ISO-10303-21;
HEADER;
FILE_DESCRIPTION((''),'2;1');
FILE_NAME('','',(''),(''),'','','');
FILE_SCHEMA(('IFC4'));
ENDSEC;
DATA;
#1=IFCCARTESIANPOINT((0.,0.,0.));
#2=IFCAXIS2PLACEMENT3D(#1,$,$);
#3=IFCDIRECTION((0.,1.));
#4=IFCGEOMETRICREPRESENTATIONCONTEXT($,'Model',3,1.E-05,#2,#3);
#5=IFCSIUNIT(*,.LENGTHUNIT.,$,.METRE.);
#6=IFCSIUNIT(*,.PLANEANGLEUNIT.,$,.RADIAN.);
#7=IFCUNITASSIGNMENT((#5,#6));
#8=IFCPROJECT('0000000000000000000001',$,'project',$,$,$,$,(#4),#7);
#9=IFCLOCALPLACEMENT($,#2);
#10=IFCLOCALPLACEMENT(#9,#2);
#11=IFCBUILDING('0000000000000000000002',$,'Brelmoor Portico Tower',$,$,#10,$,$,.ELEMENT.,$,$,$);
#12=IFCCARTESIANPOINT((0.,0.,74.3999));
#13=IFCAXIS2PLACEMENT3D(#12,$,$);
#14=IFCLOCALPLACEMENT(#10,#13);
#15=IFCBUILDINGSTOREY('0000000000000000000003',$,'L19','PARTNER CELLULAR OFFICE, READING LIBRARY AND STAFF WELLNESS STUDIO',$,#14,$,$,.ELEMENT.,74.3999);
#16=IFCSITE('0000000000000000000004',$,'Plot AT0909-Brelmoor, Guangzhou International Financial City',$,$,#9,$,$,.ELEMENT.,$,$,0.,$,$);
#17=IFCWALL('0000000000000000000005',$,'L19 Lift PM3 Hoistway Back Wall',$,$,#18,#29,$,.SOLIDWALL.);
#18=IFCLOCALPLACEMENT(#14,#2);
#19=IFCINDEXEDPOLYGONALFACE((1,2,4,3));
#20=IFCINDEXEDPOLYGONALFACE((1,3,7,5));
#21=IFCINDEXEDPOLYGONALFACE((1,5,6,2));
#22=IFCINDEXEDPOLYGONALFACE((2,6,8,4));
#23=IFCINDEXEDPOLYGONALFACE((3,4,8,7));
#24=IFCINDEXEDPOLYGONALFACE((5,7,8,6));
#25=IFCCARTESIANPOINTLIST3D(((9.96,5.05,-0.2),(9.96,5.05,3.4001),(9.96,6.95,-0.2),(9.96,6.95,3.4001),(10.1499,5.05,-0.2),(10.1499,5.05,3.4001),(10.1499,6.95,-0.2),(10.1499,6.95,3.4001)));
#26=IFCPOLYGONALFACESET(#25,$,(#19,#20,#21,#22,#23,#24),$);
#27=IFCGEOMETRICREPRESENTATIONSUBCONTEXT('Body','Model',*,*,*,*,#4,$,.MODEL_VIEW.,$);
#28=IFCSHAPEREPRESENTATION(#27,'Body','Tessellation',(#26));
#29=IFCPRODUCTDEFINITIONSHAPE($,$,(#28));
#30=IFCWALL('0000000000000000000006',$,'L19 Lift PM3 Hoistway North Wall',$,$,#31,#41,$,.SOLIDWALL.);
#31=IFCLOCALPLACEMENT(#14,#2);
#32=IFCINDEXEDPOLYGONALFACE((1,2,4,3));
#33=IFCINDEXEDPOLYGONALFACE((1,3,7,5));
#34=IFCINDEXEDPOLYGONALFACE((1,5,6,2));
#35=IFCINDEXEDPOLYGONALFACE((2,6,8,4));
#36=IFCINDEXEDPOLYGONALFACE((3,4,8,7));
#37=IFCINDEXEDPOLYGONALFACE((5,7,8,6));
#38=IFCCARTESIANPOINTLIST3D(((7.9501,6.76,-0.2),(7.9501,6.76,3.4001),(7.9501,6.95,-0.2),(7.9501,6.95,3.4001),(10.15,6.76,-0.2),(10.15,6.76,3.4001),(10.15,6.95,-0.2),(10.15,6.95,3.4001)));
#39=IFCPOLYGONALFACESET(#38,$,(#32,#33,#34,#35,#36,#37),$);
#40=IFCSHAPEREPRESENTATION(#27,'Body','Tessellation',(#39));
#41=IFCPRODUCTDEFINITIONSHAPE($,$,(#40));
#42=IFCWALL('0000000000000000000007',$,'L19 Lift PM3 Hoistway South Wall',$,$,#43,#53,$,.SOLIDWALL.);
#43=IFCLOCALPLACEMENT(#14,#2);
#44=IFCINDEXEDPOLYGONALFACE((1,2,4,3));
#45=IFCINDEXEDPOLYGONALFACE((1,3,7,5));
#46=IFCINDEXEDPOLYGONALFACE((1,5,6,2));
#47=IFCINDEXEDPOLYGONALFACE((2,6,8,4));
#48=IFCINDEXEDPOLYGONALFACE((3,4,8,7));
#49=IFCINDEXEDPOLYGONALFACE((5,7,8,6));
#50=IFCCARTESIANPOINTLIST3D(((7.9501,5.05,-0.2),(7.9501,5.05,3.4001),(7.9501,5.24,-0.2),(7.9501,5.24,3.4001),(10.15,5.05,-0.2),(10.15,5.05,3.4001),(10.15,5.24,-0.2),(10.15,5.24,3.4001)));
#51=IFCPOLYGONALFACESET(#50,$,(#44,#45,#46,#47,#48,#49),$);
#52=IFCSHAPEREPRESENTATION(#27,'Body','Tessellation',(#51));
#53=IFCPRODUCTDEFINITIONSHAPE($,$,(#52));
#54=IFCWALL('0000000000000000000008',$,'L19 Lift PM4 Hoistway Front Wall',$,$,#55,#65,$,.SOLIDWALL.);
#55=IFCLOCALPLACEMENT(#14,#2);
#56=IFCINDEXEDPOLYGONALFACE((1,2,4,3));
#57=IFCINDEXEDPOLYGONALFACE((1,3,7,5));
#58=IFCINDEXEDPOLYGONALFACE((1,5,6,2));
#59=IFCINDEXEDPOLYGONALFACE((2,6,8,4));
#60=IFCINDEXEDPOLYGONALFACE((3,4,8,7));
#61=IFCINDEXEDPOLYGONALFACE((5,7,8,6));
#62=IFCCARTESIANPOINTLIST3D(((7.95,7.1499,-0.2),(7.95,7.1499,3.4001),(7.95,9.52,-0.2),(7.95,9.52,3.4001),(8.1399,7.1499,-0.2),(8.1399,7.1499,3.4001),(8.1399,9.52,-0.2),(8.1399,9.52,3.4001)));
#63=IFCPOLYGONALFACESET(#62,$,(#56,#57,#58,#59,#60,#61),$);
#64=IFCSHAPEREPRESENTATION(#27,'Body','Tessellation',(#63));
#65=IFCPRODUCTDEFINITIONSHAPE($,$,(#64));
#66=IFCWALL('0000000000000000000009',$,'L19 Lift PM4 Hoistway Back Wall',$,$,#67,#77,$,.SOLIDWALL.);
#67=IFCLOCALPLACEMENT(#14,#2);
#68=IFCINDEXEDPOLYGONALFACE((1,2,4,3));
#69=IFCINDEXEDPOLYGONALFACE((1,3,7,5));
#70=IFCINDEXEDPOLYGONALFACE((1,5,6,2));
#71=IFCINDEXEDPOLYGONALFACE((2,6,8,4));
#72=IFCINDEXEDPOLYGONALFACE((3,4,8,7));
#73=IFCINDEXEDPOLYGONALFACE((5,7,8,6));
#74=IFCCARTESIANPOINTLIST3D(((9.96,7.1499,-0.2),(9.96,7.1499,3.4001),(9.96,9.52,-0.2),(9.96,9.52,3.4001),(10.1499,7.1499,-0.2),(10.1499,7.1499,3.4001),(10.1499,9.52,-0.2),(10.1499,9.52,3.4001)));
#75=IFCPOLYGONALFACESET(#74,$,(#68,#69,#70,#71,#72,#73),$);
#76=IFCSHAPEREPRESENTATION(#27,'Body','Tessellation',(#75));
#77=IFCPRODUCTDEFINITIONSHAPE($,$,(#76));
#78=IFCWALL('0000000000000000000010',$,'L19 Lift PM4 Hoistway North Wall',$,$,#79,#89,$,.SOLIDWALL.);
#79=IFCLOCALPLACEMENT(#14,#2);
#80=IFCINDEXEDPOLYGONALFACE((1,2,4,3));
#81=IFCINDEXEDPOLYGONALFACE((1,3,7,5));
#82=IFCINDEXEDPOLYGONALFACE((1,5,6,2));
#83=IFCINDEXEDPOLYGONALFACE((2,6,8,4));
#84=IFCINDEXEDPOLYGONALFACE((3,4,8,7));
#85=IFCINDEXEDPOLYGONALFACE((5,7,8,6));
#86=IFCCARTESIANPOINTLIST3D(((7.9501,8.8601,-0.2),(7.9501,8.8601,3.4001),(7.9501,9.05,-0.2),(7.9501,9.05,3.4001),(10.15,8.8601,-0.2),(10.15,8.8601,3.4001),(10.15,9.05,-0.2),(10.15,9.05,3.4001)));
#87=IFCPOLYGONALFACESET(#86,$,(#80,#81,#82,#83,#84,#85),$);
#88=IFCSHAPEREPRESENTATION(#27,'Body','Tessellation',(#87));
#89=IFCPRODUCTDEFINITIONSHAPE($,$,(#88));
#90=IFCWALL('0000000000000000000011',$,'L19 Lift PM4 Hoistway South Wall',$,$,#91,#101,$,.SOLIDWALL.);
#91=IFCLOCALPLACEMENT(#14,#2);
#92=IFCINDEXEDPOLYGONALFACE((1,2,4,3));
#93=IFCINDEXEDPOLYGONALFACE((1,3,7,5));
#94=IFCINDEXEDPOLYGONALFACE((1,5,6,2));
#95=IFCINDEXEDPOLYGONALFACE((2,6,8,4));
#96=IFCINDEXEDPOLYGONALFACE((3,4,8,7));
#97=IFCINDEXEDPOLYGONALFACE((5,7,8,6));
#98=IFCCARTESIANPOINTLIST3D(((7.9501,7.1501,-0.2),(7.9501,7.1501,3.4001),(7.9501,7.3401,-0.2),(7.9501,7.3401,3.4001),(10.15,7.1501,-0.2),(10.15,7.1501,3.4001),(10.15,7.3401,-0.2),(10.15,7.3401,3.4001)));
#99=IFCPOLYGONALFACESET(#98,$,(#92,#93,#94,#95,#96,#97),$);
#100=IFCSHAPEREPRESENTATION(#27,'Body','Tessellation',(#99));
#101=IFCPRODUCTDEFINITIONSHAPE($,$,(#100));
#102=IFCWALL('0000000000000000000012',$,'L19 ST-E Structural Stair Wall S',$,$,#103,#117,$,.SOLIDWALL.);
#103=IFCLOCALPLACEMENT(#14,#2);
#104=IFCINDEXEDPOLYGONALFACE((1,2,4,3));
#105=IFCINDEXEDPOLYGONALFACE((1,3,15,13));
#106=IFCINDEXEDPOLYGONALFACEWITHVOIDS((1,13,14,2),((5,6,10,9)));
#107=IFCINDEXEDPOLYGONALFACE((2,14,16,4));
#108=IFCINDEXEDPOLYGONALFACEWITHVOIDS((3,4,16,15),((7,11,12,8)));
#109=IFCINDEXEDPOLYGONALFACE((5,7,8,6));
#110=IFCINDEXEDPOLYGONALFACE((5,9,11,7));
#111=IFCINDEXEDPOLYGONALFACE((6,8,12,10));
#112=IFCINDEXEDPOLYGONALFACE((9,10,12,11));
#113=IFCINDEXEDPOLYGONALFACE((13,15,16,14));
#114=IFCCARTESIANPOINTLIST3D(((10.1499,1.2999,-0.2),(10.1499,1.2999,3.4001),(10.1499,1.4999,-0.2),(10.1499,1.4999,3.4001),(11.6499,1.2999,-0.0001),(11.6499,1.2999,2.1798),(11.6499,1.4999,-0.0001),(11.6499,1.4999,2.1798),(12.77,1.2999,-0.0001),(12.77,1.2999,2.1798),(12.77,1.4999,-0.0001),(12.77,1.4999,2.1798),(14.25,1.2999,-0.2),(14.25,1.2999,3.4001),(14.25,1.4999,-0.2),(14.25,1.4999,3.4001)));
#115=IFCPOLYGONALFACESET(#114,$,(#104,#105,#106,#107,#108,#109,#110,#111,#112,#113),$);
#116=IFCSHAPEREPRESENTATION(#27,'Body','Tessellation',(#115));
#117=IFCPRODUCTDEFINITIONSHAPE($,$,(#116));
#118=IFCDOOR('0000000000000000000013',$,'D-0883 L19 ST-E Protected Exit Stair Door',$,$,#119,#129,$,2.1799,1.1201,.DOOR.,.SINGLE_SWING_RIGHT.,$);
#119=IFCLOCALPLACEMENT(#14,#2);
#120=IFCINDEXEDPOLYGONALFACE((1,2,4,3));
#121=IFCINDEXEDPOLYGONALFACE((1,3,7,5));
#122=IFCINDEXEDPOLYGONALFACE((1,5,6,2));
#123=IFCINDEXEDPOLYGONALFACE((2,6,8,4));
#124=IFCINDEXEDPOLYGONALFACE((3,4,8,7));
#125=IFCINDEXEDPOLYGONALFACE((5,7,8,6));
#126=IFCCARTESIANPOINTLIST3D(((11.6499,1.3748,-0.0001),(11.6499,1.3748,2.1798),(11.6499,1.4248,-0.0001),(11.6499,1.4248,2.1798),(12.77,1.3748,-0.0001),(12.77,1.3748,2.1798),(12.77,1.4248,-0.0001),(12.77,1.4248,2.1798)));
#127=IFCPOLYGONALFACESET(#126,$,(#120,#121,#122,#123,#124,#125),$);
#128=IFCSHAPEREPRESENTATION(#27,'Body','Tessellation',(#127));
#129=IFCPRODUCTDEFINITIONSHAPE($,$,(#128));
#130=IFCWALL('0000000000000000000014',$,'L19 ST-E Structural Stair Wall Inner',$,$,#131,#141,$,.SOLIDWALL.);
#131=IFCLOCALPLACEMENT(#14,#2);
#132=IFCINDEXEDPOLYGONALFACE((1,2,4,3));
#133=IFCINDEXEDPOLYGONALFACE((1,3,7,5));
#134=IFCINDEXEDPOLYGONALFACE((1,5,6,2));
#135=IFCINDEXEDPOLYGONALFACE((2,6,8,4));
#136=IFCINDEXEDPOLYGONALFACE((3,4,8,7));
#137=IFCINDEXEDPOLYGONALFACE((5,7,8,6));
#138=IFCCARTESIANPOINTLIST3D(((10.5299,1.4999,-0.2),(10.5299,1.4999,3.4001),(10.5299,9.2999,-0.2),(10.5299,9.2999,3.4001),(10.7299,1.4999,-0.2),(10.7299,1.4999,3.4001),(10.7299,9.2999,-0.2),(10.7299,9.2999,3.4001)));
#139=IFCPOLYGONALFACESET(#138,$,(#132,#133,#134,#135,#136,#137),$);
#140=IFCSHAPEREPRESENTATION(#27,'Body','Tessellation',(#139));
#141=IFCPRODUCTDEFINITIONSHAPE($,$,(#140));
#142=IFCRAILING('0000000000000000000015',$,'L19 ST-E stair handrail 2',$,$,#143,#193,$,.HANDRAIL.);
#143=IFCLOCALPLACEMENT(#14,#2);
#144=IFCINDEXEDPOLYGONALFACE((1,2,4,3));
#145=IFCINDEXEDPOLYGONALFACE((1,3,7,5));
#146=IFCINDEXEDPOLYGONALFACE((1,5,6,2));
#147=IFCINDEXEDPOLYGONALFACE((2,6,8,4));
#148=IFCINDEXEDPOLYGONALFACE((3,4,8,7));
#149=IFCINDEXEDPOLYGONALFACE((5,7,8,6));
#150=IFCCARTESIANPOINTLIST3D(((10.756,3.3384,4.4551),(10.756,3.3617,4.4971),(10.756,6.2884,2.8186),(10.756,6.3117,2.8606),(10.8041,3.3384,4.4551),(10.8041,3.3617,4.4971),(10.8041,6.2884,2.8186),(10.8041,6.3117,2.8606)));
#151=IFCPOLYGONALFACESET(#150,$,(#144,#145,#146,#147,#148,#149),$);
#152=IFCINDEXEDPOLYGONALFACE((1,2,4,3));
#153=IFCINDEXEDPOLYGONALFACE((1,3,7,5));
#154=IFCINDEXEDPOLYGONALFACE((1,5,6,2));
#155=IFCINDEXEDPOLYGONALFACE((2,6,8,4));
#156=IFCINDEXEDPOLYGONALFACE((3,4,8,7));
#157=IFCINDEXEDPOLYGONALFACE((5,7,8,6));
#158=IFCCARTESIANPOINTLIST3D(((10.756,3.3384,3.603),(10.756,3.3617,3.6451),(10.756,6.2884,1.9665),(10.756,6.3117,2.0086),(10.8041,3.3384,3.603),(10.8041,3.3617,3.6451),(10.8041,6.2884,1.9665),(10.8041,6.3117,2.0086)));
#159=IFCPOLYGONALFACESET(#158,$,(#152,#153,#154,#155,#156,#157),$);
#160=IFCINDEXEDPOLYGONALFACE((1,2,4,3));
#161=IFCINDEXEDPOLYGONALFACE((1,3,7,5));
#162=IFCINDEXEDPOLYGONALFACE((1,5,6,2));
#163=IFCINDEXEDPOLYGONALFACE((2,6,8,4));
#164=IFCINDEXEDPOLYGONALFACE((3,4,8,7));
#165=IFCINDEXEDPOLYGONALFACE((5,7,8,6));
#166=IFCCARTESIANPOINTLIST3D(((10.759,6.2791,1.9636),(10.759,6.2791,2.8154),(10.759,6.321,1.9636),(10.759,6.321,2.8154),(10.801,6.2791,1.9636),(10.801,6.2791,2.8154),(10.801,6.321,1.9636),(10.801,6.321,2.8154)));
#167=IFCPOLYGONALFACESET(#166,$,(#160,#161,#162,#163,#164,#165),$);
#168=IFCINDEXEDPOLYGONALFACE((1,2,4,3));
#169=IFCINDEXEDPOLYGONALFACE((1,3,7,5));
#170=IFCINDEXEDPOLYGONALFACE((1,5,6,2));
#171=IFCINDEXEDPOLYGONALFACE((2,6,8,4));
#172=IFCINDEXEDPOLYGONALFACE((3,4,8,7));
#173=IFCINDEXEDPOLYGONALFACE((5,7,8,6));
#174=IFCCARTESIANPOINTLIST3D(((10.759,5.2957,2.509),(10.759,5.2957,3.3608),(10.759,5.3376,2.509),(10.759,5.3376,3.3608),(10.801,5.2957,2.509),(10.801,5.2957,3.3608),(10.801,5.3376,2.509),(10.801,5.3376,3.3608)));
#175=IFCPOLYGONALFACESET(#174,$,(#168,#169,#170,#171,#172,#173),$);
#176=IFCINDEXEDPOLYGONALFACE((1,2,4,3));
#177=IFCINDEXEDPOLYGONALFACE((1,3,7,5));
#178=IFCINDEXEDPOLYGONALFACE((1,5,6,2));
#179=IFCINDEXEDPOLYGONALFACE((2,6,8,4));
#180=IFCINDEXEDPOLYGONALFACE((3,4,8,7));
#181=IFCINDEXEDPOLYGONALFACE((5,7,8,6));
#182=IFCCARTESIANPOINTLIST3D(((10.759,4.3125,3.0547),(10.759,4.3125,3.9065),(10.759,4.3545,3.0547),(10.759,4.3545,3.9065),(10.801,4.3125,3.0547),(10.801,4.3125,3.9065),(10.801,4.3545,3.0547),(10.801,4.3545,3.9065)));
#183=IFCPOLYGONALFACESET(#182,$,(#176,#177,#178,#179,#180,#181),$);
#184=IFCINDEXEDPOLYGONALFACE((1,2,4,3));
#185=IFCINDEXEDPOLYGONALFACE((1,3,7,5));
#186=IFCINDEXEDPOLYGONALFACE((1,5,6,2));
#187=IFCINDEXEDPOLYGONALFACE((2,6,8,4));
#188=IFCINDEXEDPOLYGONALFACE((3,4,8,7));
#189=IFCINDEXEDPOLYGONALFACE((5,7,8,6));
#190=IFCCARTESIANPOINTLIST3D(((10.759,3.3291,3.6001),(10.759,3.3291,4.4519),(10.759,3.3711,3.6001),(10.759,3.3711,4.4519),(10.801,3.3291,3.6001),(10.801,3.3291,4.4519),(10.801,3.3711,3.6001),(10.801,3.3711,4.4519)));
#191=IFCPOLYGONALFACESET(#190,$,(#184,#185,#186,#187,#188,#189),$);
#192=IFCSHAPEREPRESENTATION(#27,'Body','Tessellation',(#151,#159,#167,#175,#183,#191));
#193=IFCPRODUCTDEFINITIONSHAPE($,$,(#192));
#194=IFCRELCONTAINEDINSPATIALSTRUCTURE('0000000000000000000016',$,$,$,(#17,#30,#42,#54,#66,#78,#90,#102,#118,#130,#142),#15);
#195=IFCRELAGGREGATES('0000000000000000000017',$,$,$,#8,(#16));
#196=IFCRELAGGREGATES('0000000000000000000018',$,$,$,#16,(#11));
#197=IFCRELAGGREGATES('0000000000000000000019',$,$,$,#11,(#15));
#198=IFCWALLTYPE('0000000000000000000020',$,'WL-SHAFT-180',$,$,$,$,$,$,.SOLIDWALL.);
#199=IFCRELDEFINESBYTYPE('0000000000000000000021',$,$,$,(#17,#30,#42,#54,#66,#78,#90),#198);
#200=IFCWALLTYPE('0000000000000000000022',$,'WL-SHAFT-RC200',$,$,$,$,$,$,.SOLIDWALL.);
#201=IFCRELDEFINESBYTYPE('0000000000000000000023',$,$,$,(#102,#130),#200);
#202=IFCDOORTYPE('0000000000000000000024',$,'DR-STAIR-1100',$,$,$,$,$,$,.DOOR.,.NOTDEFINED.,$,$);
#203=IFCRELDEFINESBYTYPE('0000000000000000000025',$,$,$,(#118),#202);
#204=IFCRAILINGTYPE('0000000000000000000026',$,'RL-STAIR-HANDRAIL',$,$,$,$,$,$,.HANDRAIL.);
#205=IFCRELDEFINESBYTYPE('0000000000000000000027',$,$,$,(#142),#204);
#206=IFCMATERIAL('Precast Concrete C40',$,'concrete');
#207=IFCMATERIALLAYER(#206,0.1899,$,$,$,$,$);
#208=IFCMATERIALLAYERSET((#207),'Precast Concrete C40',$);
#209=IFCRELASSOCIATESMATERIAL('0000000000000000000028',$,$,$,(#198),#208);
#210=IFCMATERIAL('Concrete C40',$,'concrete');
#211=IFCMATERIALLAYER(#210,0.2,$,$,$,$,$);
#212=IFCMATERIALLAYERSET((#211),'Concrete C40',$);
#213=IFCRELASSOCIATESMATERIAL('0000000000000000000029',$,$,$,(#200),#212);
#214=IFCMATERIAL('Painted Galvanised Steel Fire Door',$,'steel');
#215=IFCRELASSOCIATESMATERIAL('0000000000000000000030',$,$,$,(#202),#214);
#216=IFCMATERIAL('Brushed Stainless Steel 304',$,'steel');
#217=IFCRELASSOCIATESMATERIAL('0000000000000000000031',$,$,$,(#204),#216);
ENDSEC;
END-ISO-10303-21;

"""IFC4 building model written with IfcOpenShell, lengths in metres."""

from ifc_helpers import new_model, si_unit, direction, frame, frame_2d, origin, origin_2d, place, context, subcontext, project, spatial, rectangle, extrude, material, layer, layer_set, type_object, element, fill, save


model = new_model("IFC4")

# Units and contexts
model_context = context("Model", 3, precision=1e-05, world=origin(), true_north=direction((0.0, 1.0)))
body_context = subcontext(model_context, "Body", "Model", "MODEL_VIEW")
ifc_project = project(units=[si_unit("LENGTHUNIT", "METRE"), si_unit("PLANEANGLEUNIT", "RADIAN")], contexts=[model_context])

# Site, building, storey
site_placement = place(None, origin())
site = spatial("IfcSite", under=ifc_project, at=site_placement, Name="Plot AT0909-Brelmoor, Guangzhou International Financial City", CompositionType="ELEMENT", RefElevation=0.0)
building_placement = place(site_placement, origin())
building = spatial("IfcBuilding", under=site, at=building_placement, Name="Brelmoor Portico Tower", CompositionType="ELEMENT")
storey_placement = place(building_placement, frame((0.0, 0.0, 74.3999)))
storey = spatial("IfcBuildingStorey", under=building, at=storey_placement, Name="L19", Description="PARTNER CELLULAR OFFICE, READING LIBRARY AND STAFF WELLNESS STUDIO", CompositionType="ELEMENT", Elevation=74.3999)

# Walls
ifc_material_1 = material(Name="Precast Concrete C40", Category="concrete")
ifc_layer_1 = layer(ifc_material_1, 0.1899)
ifc_layer_set_1 = layer_set([ifc_layer_1], Name="Precast Concrete C40")
wall_type_1 = type_object("IfcWallType", Name="WL-SHAFT-180", PredefinedType="SOLIDWALL", material=ifc_layer_set_1)
for number, where, z_axis, x_axis, name in (
    (1, (10.0549, 5.05, -0.2), (0.0, 0.0, 1.0), (0.0, 1.0, 0.0), "L19 Lift PM3 Hoistway Back Wall"),
):
    element("IfcWall", number, at=place(storey_placement, frame(where, z_axis=z_axis, x_axis=x_axis)), inside=storey, type_object=wall_type_1, Name=name, PredefinedType="SOLIDWALL", context=body_context, shape_type="SweptSolid", body=[
        extrude(rectangle(XDim=1.8999, YDim=0.1899, at=frame_2d((0.95, 0.0))), origin(), (0.0, 0.0, 1.0), 3.6001),
    ])
for number, where, z_axis, x_axis, name in (
    (2, (7.95, 6.855, -0.2), (0.0, 0.0, 1.0), (1.0, 0.0, 0.0), "L19 Lift PM3 Hoistway North Wall"),
    (3, (7.95, 5.145, -0.2), (0.0, 0.0, 1.0), (1.0, 0.0, 0.0), "L19 Lift PM3 Hoistway South Wall"),
):
    element("IfcWall", number, at=place(storey_placement, frame(where, z_axis=z_axis, x_axis=x_axis)), inside=storey, type_object=wall_type_1, Name=name, PredefinedType="SOLIDWALL", context=body_context, shape_type="SweptSolid", body=[
        extrude(rectangle(XDim=2.2, YDim=0.1899, at=frame_2d((1.1001, 0.0))), origin(), (0.0, 0.0, 1.0), 3.6001),
    ])
for number, where, z_axis, x_axis, name in (
    (4, (8.0449, 7.1499, -0.2), (0.0, 0.0, 1.0), (0.0, 1.0, 0.0), "L19 Lift PM4 Hoistway Front Wall"),
    (5, (10.0549, 7.1499, -0.2), (0.0, 0.0, 1.0), (0.0, 1.0, 0.0), "L19 Lift PM4 Hoistway Back Wall"),
):
    element("IfcWall", number, at=place(storey_placement, frame(where, z_axis=z_axis, x_axis=x_axis)), inside=storey, type_object=wall_type_1, Name=name, PredefinedType="SOLIDWALL", context=body_context, shape_type="SweptSolid", body=[
        extrude(rectangle(XDim=2.3701, YDim=0.1899, at=frame_2d((1.1851, 0.0))), origin(), (0.0, 0.0, 1.0), 3.6001),
    ])
for number, where, z_axis, x_axis, name in (
    (6, (7.95, 8.9551, -0.2), (0.0, 0.0, 1.0), (1.0, 0.0, 0.0), "L19 Lift PM4 Hoistway North Wall"),
    (7, (7.95, 7.2451, -0.2), (0.0, 0.0, 1.0), (1.0, 0.0, 0.0), "L19 Lift PM4 Hoistway South Wall"),
):
    element("IfcWall", number, at=place(storey_placement, frame(where, z_axis=z_axis, x_axis=x_axis)), inside=storey, type_object=wall_type_1, Name=name, PredefinedType="SOLIDWALL", context=body_context, shape_type="SweptSolid", body=[
        extrude(rectangle(XDim=2.2, YDim=0.1899, at=frame_2d((1.1001, 0.0))), origin(), (0.0, 0.0, 1.0), 3.6001),
    ])

# Wall, opening, door
ifc_material_2 = material(Name="Concrete C40", Category="concrete")
ifc_layer_2 = layer(ifc_material_2, 0.2)
ifc_layer_set_2 = layer_set([ifc_layer_2], Name="Concrete C40")
wall_type_2 = type_object("IfcWallType", Name="WL-SHAFT-RC200", PredefinedType="SOLIDWALL", material=ifc_layer_set_2)
wall_1_placement = place(storey_placement, frame((10.1499, 1.3999, -0.2), z_axis=(0.0, 0.0, 1.0), x_axis=(1.0, 0.0, 0.0)))
wall_1 = element("IfcWall", 8, at=wall_1_placement, inside=storey, type_object=wall_type_2, Name="L19 ST-E Structural Stair Wall S", PredefinedType="SOLIDWALL", context=body_context, shape_type="SweptSolid", body=[
    extrude(rectangle(XDim=4.1001, YDim=0.2, at=frame_2d((2.05, 0.0))), origin(), (0.0, 0.0, 1.0), 3.6001),
])
opening_1_placement = place(wall_1_placement, frame((1.5, 0.0, 0.2)))
opening_1 = element("IfcOpeningElement", 9, at=opening_1_placement, cuts=wall_1, PredefinedType="OPENING", context=body_context, shape_type="SweptSolid", body=[
    extrude(rectangle(XDim=1.1201, YDim=2.1799, at=frame_2d((0.5601, 1.0898))), frame((0.0, 0.1099, 0.0), z_axis=(0.0, -1.0, 0.0), x_axis=(1.0, 0.0, 0.0)), (0.0, 0.0, 1.0), 0.22),
])
ifc_material_3 = material(Name="Painted Galvanised Steel Fire Door", Category="steel")
door_type_1 = type_object("IfcDoorType", Name="DR-STAIR-1100", OperationType="NOTDEFINED", PredefinedType="DOOR", material=ifc_material_3)
door_1_placement = place(opening_1_placement, origin())
door_1 = element("IfcDoor", 10, at=door_1_placement, inside=storey, type_object=door_type_1, Name="D-0883 L19 ST-E Protected Exit Stair Door", OperationType="SINGLE_SWING_RIGHT", OverallHeight=2.1799, OverallWidth=1.1201, PredefinedType="DOOR", context=body_context, shape_type="SweptSolid", body=[
    extrude(rectangle(XDim=1.1201, YDim=2.1799, at=frame_2d((0.5601, 1.0898))), frame((0.0, 0.0249, 0.0), z_axis=(0.0, -1.0, 0.0), x_axis=(1.0, 0.0, 0.0)), (0.0, 0.0, 1.0), 0.05),
])
fill(opening_1, door_1)

# Wall
wall_2_placement = place(storey_placement, frame((10.6299, 1.5, -0.2), z_axis=(0.0, 0.0, 1.0), x_axis=(0.0, 1.0, 0.0)))
element("IfcWall", 11, at=wall_2_placement, inside=storey, type_object=wall_type_2, Name="L19 ST-E Structural Stair Wall Inner", PredefinedType="SOLIDWALL", context=body_context, shape_type="SweptSolid", body=[
    extrude(rectangle(XDim=7.8, YDim=0.2, at=frame_2d((3.8999, 0.0))), origin(), (0.0, 0.0, 1.0), 3.6001),
])

# Railing
ifc_material_4 = material(Name="Brushed Stainless Steel 304", Category="steel")
railing_type = type_object("IfcRailingType", Name="RL-STAIR-HANDRAIL", PredefinedType="HANDRAIL", material=ifc_material_4)
railing_placement = place(storey_placement, frame((10.78, 6.3, 1.9636)))
element("IfcRailing", 12, at=railing_placement, inside=storey, type_object=railing_type, Name="L19 ST-E stair handrail 2", PredefinedType="HANDRAIL", context=body_context, shape_type="SweptSolid", body=[
    extrude(rectangle(XDim=0.0481, YDim=0.0481, at=origin_2d()), frame((0.0, 0.0, 0.876), z_axis=(0.0, -0.874458, 0.485102), x_axis=(1.0, 0.0, 0.0)), (0.0, 0.0, 1.0), 3.3735),
    extrude(rectangle(XDim=0.0481, YDim=0.0481, at=origin_2d()), frame((0.0, 0.0, 0.0239), z_axis=(0.0, -0.874458, 0.485102), x_axis=(1.0, 0.0, 0.0)), (0.0, 0.0, 1.0), 3.3735),
    extrude(rectangle(XDim=0.042, YDim=0.042, at=origin_2d()), origin(), (0.0, 0.0, 1.0), 0.8518),
    extrude(rectangle(XDim=0.042, YDim=0.042, at=origin_2d()), frame((0.0, -0.9834, 0.5454)), (0.0, 0.0, 1.0), 0.8518),
    extrude(rectangle(XDim=0.042, YDim=0.042, at=origin_2d()), frame((0.0, -1.9666, 1.0911)), (0.0, 0.0, 1.0), 0.8518),
    extrude(rectangle(XDim=0.042, YDim=0.042, at=origin_2d()), frame((0.0, -2.95, 1.6365)), (0.0, 0.0, 1.0), 0.8518),
])

save(model, "model.ifc")
